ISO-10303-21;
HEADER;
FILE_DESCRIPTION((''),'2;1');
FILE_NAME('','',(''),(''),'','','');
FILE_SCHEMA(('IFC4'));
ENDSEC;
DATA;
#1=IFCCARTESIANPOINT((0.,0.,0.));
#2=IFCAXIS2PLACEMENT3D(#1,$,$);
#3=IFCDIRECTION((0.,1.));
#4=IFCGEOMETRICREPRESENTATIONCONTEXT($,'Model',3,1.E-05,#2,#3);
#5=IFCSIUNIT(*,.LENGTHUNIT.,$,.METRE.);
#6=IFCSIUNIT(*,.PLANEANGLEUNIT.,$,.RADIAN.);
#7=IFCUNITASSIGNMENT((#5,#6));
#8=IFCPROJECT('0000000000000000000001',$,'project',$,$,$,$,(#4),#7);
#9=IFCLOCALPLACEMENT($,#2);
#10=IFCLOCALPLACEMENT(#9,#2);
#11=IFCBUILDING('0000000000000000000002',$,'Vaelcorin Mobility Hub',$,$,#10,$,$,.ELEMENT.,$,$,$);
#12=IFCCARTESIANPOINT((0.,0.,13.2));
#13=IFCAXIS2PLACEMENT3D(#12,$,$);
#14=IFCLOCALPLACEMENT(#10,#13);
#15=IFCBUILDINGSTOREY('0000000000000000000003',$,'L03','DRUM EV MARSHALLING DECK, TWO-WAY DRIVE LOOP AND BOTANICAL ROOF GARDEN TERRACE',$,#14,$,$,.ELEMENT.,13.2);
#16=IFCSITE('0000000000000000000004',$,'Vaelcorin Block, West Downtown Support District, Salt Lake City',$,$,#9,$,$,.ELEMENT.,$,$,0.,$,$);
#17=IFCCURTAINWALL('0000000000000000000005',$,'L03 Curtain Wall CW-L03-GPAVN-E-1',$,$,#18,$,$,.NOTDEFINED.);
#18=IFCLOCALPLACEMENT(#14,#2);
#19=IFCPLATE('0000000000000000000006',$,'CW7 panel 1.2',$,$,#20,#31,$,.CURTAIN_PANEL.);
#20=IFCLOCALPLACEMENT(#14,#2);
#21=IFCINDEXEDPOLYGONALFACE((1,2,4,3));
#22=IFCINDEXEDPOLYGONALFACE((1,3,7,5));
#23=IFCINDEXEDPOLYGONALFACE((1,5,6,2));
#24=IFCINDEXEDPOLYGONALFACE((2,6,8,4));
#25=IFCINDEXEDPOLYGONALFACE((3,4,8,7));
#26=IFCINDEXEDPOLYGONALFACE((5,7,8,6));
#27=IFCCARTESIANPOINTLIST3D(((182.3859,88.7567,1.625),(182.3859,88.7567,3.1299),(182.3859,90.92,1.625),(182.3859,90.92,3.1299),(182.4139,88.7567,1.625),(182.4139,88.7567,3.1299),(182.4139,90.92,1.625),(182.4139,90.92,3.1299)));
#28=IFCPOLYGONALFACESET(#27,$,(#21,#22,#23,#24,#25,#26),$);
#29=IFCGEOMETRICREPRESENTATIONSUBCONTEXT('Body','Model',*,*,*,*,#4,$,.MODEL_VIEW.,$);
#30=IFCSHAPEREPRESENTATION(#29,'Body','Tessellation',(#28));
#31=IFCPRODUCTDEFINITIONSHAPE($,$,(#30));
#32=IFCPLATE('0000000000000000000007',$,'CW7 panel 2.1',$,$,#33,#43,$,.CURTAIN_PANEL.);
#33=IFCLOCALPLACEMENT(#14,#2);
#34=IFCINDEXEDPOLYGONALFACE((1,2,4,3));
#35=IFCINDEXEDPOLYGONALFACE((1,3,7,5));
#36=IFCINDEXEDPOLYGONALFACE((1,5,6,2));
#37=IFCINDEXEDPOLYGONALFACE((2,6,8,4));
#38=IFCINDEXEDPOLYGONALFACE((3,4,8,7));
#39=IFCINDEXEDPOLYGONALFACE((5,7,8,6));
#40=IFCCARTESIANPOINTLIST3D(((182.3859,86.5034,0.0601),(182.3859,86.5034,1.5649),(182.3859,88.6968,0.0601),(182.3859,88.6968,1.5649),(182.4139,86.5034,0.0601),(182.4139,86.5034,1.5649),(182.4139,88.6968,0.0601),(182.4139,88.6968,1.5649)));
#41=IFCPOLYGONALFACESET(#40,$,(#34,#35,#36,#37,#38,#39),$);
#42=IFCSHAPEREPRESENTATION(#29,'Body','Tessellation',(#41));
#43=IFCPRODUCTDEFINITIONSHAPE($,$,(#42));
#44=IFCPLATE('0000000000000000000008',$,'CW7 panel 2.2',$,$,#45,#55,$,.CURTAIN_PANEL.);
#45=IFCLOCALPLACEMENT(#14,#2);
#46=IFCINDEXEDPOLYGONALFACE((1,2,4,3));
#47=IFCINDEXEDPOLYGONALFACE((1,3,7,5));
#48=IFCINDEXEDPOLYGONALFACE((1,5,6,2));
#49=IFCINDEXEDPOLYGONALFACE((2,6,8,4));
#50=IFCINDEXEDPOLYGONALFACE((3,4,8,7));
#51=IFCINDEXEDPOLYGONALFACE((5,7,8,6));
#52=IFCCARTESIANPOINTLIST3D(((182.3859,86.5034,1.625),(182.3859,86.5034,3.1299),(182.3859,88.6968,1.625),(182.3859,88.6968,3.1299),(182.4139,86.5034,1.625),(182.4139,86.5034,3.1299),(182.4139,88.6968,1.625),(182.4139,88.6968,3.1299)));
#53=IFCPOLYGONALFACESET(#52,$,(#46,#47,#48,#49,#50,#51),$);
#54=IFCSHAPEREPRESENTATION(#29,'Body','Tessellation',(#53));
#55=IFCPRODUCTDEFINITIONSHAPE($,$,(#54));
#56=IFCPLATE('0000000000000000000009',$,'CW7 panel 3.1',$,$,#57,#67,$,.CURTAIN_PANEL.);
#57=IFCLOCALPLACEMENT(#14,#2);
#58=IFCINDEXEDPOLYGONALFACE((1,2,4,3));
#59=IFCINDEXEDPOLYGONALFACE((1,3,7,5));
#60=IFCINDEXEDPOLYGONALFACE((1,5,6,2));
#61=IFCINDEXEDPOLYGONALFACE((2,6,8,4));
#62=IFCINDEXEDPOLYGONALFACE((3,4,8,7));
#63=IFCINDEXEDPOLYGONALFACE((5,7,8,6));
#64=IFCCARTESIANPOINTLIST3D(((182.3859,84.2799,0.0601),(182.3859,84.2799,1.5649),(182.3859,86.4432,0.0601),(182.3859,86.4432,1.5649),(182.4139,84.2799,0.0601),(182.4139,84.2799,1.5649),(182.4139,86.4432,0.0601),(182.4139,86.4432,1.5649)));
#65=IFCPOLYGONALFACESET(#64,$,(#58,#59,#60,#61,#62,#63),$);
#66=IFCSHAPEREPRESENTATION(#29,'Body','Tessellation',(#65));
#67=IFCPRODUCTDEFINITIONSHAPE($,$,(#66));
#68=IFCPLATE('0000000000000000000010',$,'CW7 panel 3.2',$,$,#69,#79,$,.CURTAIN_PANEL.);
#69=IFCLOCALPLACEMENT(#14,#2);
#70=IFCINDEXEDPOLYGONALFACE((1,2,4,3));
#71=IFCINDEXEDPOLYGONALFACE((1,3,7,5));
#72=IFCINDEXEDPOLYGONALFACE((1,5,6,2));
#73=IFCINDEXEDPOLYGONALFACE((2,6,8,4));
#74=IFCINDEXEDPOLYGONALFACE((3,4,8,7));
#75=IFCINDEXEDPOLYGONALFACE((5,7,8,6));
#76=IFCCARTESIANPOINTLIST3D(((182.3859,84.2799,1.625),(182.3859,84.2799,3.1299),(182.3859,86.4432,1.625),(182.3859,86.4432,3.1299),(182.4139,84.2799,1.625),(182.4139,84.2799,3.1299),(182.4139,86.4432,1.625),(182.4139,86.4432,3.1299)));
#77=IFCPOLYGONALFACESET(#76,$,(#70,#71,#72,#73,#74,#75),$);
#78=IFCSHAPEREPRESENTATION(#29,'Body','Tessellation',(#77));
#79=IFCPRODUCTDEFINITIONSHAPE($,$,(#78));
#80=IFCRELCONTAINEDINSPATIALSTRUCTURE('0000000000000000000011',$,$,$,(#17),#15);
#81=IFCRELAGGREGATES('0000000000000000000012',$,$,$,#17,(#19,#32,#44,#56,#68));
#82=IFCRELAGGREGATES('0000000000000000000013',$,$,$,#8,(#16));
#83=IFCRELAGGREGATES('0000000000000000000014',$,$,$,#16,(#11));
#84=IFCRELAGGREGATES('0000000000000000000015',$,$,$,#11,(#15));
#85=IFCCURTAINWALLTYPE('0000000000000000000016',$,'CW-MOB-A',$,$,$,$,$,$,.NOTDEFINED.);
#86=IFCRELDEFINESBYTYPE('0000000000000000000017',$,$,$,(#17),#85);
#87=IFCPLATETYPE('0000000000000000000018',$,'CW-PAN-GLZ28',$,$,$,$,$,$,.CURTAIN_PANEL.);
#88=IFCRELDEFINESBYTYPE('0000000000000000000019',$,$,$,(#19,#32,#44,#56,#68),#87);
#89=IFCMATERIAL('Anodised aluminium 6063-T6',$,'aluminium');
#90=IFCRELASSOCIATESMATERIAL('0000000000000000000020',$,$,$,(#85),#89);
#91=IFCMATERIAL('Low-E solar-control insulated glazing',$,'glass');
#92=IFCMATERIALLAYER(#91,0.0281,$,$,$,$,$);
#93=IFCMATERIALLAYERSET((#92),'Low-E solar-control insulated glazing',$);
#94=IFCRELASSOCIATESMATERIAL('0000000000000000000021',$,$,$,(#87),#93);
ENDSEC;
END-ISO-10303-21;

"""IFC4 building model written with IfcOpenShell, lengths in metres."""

from ifc_helpers import new_model, si_unit, direction, frame, origin, origin_2d, place, context, subcontext, project, spatial, rectangle, extrude, material, layer, layer_set, type_object, element, aggregate, save


model = new_model("IFC4")

# Units and contexts
model_context = context("Model", 3, precision=1e-05, world=origin(), true_north=direction((0.0, 1.0)))
body_context = subcontext(model_context, "Body", "Model", "MODEL_VIEW")
ifc_project = project(units=[si_unit("LENGTHUNIT", "METRE"), si_unit("PLANEANGLEUNIT", "RADIAN")], contexts=[model_context])

# Site, building, storey
site_placement = place(None, origin())
site = spatial("IfcSite", under=ifc_project, at=site_placement, Name="Vaelcorin Block, West Downtown Support District, Salt Lake City", CompositionType="ELEMENT", RefElevation=0.0)
building_placement = place(site_placement, origin())
building = spatial("IfcBuilding", under=site, at=building_placement, Name="Vaelcorin Mobility Hub", CompositionType="ELEMENT")
storey_placement = place(building_placement, frame((0.0, 0.0, 13.2)))
storey = spatial("IfcBuildingStorey", under=building, at=storey_placement, Name="L03", Description="DRUM EV MARSHALLING DECK, TWO-WAY DRIVE LOOP AND BOTANICAL ROOF GARDEN TERRACE", CompositionType="ELEMENT", Elevation=13.2)

# Curtain wall, plates
ifc_material_1 = material(Name="Anodised aluminium 6063-T6", Category="aluminium")
curtain_wall_type = type_object("IfcCurtainWallType", Name="CW-MOB-A", PredefinedType="NOTDEFINED", material=ifc_material_1)
curtain_wall_placement = place(storey_placement, origin())
curtain_wall = element("IfcCurtainWall", 1, at=curtain_wall_placement, inside=storey, type_object=curtain_wall_type, Name="L03 Curtain Wall CW-L03-GPAVN-E-1", PredefinedType="NOTDEFINED")
ifc_material_2 = material(Name="Low-E solar-control insulated glazing", Category="glass")
ifc_layer = layer(ifc_material_2, 0.0281)
ifc_layer_set = layer_set([ifc_layer], Name="Low-E solar-control insulated glazing")
plate_type = type_object("IfcPlateType", Name="CW-PAN-GLZ28", PredefinedType="CURTAIN_PANEL", material=ifc_layer_set)
plate_1_placement = place(storey_placement, frame((182.3999, 89.8384, 1.625), z_axis=(0.0, 0.0, 1.0), x_axis=(0.0, -1.0, 0.0)))
plate_1 = element("IfcPlate", 2, at=plate_1_placement, type_object=plate_type, Name="CW7 panel 1.2", PredefinedType="CURTAIN_PANEL", context=body_context, shape_type="SweptSolid", body=[
    extrude(rectangle(XDim=2.1633, YDim=0.0281, at=origin_2d()), origin(), (0.0, 0.0, 1.0), 1.5049),
])
plate_2_placement = place(storey_placement, frame((182.3999, 87.6001, 0.0601), z_axis=(0.0, 0.0, 1.0), x_axis=(0.0, -1.0, 0.0)))
plate_2 = element("IfcPlate", 3, at=plate_2_placement, type_object=plate_type, Name="CW7 panel 2.1", PredefinedType="CURTAIN_PANEL", context=body_context, shape_type="SweptSolid", body=[
    extrude(rectangle(XDim=2.1934, YDim=0.0281, at=origin_2d()), origin(), (0.0, 0.0, 1.0), 1.5049),
])
plate_3_placement = place(storey_placement, frame((182.3999, 87.6001, 1.625), z_axis=(0.0, 0.0, 1.0), x_axis=(0.0, -1.0, 0.0)))
plate_3 = element("IfcPlate", 4, at=plate_3_placement, type_object=plate_type, Name="CW7 panel 2.2", PredefinedType="CURTAIN_PANEL", context=body_context, shape_type="SweptSolid", body=[
    extrude(rectangle(XDim=2.1934, YDim=0.0281, at=origin_2d()), origin(), (0.0, 0.0, 1.0), 1.5049),
])
plate_4_placement = place(storey_placement, frame((182.3999, 85.3616, 0.0601), z_axis=(0.0, 0.0, 1.0), x_axis=(0.0, -1.0, 0.0)))
plate_4 = element("IfcPlate", 5, at=plate_4_placement, type_object=plate_type, Name="CW7 panel 3.1", PredefinedType="CURTAIN_PANEL", context=body_context, shape_type="SweptSolid", body=[
    extrude(rectangle(XDim=2.1633, YDim=0.0281, at=origin_2d()), origin(), (0.0, 0.0, 1.0), 1.5049),
])
plate_5_placement = place(storey_placement, frame((182.3999, 85.3616, 1.625), z_axis=(0.0, 0.0, 1.0), x_axis=(0.0, -1.0, 0.0)))
plate_5 = element("IfcPlate", 6, at=plate_5_placement, type_object=plate_type, Name="CW7 panel 3.2", PredefinedType="CURTAIN_PANEL", context=body_context, shape_type="SweptSolid", body=[
    extrude(rectangle(XDim=2.1633, YDim=0.0281, at=origin_2d()), origin(), (0.0, 0.0, 1.0), 1.5049),
])
aggregate(curtain_wall, [plate_1, plate_2, plate_3, plate_4, plate_5])

save(model, "model.ifc")
